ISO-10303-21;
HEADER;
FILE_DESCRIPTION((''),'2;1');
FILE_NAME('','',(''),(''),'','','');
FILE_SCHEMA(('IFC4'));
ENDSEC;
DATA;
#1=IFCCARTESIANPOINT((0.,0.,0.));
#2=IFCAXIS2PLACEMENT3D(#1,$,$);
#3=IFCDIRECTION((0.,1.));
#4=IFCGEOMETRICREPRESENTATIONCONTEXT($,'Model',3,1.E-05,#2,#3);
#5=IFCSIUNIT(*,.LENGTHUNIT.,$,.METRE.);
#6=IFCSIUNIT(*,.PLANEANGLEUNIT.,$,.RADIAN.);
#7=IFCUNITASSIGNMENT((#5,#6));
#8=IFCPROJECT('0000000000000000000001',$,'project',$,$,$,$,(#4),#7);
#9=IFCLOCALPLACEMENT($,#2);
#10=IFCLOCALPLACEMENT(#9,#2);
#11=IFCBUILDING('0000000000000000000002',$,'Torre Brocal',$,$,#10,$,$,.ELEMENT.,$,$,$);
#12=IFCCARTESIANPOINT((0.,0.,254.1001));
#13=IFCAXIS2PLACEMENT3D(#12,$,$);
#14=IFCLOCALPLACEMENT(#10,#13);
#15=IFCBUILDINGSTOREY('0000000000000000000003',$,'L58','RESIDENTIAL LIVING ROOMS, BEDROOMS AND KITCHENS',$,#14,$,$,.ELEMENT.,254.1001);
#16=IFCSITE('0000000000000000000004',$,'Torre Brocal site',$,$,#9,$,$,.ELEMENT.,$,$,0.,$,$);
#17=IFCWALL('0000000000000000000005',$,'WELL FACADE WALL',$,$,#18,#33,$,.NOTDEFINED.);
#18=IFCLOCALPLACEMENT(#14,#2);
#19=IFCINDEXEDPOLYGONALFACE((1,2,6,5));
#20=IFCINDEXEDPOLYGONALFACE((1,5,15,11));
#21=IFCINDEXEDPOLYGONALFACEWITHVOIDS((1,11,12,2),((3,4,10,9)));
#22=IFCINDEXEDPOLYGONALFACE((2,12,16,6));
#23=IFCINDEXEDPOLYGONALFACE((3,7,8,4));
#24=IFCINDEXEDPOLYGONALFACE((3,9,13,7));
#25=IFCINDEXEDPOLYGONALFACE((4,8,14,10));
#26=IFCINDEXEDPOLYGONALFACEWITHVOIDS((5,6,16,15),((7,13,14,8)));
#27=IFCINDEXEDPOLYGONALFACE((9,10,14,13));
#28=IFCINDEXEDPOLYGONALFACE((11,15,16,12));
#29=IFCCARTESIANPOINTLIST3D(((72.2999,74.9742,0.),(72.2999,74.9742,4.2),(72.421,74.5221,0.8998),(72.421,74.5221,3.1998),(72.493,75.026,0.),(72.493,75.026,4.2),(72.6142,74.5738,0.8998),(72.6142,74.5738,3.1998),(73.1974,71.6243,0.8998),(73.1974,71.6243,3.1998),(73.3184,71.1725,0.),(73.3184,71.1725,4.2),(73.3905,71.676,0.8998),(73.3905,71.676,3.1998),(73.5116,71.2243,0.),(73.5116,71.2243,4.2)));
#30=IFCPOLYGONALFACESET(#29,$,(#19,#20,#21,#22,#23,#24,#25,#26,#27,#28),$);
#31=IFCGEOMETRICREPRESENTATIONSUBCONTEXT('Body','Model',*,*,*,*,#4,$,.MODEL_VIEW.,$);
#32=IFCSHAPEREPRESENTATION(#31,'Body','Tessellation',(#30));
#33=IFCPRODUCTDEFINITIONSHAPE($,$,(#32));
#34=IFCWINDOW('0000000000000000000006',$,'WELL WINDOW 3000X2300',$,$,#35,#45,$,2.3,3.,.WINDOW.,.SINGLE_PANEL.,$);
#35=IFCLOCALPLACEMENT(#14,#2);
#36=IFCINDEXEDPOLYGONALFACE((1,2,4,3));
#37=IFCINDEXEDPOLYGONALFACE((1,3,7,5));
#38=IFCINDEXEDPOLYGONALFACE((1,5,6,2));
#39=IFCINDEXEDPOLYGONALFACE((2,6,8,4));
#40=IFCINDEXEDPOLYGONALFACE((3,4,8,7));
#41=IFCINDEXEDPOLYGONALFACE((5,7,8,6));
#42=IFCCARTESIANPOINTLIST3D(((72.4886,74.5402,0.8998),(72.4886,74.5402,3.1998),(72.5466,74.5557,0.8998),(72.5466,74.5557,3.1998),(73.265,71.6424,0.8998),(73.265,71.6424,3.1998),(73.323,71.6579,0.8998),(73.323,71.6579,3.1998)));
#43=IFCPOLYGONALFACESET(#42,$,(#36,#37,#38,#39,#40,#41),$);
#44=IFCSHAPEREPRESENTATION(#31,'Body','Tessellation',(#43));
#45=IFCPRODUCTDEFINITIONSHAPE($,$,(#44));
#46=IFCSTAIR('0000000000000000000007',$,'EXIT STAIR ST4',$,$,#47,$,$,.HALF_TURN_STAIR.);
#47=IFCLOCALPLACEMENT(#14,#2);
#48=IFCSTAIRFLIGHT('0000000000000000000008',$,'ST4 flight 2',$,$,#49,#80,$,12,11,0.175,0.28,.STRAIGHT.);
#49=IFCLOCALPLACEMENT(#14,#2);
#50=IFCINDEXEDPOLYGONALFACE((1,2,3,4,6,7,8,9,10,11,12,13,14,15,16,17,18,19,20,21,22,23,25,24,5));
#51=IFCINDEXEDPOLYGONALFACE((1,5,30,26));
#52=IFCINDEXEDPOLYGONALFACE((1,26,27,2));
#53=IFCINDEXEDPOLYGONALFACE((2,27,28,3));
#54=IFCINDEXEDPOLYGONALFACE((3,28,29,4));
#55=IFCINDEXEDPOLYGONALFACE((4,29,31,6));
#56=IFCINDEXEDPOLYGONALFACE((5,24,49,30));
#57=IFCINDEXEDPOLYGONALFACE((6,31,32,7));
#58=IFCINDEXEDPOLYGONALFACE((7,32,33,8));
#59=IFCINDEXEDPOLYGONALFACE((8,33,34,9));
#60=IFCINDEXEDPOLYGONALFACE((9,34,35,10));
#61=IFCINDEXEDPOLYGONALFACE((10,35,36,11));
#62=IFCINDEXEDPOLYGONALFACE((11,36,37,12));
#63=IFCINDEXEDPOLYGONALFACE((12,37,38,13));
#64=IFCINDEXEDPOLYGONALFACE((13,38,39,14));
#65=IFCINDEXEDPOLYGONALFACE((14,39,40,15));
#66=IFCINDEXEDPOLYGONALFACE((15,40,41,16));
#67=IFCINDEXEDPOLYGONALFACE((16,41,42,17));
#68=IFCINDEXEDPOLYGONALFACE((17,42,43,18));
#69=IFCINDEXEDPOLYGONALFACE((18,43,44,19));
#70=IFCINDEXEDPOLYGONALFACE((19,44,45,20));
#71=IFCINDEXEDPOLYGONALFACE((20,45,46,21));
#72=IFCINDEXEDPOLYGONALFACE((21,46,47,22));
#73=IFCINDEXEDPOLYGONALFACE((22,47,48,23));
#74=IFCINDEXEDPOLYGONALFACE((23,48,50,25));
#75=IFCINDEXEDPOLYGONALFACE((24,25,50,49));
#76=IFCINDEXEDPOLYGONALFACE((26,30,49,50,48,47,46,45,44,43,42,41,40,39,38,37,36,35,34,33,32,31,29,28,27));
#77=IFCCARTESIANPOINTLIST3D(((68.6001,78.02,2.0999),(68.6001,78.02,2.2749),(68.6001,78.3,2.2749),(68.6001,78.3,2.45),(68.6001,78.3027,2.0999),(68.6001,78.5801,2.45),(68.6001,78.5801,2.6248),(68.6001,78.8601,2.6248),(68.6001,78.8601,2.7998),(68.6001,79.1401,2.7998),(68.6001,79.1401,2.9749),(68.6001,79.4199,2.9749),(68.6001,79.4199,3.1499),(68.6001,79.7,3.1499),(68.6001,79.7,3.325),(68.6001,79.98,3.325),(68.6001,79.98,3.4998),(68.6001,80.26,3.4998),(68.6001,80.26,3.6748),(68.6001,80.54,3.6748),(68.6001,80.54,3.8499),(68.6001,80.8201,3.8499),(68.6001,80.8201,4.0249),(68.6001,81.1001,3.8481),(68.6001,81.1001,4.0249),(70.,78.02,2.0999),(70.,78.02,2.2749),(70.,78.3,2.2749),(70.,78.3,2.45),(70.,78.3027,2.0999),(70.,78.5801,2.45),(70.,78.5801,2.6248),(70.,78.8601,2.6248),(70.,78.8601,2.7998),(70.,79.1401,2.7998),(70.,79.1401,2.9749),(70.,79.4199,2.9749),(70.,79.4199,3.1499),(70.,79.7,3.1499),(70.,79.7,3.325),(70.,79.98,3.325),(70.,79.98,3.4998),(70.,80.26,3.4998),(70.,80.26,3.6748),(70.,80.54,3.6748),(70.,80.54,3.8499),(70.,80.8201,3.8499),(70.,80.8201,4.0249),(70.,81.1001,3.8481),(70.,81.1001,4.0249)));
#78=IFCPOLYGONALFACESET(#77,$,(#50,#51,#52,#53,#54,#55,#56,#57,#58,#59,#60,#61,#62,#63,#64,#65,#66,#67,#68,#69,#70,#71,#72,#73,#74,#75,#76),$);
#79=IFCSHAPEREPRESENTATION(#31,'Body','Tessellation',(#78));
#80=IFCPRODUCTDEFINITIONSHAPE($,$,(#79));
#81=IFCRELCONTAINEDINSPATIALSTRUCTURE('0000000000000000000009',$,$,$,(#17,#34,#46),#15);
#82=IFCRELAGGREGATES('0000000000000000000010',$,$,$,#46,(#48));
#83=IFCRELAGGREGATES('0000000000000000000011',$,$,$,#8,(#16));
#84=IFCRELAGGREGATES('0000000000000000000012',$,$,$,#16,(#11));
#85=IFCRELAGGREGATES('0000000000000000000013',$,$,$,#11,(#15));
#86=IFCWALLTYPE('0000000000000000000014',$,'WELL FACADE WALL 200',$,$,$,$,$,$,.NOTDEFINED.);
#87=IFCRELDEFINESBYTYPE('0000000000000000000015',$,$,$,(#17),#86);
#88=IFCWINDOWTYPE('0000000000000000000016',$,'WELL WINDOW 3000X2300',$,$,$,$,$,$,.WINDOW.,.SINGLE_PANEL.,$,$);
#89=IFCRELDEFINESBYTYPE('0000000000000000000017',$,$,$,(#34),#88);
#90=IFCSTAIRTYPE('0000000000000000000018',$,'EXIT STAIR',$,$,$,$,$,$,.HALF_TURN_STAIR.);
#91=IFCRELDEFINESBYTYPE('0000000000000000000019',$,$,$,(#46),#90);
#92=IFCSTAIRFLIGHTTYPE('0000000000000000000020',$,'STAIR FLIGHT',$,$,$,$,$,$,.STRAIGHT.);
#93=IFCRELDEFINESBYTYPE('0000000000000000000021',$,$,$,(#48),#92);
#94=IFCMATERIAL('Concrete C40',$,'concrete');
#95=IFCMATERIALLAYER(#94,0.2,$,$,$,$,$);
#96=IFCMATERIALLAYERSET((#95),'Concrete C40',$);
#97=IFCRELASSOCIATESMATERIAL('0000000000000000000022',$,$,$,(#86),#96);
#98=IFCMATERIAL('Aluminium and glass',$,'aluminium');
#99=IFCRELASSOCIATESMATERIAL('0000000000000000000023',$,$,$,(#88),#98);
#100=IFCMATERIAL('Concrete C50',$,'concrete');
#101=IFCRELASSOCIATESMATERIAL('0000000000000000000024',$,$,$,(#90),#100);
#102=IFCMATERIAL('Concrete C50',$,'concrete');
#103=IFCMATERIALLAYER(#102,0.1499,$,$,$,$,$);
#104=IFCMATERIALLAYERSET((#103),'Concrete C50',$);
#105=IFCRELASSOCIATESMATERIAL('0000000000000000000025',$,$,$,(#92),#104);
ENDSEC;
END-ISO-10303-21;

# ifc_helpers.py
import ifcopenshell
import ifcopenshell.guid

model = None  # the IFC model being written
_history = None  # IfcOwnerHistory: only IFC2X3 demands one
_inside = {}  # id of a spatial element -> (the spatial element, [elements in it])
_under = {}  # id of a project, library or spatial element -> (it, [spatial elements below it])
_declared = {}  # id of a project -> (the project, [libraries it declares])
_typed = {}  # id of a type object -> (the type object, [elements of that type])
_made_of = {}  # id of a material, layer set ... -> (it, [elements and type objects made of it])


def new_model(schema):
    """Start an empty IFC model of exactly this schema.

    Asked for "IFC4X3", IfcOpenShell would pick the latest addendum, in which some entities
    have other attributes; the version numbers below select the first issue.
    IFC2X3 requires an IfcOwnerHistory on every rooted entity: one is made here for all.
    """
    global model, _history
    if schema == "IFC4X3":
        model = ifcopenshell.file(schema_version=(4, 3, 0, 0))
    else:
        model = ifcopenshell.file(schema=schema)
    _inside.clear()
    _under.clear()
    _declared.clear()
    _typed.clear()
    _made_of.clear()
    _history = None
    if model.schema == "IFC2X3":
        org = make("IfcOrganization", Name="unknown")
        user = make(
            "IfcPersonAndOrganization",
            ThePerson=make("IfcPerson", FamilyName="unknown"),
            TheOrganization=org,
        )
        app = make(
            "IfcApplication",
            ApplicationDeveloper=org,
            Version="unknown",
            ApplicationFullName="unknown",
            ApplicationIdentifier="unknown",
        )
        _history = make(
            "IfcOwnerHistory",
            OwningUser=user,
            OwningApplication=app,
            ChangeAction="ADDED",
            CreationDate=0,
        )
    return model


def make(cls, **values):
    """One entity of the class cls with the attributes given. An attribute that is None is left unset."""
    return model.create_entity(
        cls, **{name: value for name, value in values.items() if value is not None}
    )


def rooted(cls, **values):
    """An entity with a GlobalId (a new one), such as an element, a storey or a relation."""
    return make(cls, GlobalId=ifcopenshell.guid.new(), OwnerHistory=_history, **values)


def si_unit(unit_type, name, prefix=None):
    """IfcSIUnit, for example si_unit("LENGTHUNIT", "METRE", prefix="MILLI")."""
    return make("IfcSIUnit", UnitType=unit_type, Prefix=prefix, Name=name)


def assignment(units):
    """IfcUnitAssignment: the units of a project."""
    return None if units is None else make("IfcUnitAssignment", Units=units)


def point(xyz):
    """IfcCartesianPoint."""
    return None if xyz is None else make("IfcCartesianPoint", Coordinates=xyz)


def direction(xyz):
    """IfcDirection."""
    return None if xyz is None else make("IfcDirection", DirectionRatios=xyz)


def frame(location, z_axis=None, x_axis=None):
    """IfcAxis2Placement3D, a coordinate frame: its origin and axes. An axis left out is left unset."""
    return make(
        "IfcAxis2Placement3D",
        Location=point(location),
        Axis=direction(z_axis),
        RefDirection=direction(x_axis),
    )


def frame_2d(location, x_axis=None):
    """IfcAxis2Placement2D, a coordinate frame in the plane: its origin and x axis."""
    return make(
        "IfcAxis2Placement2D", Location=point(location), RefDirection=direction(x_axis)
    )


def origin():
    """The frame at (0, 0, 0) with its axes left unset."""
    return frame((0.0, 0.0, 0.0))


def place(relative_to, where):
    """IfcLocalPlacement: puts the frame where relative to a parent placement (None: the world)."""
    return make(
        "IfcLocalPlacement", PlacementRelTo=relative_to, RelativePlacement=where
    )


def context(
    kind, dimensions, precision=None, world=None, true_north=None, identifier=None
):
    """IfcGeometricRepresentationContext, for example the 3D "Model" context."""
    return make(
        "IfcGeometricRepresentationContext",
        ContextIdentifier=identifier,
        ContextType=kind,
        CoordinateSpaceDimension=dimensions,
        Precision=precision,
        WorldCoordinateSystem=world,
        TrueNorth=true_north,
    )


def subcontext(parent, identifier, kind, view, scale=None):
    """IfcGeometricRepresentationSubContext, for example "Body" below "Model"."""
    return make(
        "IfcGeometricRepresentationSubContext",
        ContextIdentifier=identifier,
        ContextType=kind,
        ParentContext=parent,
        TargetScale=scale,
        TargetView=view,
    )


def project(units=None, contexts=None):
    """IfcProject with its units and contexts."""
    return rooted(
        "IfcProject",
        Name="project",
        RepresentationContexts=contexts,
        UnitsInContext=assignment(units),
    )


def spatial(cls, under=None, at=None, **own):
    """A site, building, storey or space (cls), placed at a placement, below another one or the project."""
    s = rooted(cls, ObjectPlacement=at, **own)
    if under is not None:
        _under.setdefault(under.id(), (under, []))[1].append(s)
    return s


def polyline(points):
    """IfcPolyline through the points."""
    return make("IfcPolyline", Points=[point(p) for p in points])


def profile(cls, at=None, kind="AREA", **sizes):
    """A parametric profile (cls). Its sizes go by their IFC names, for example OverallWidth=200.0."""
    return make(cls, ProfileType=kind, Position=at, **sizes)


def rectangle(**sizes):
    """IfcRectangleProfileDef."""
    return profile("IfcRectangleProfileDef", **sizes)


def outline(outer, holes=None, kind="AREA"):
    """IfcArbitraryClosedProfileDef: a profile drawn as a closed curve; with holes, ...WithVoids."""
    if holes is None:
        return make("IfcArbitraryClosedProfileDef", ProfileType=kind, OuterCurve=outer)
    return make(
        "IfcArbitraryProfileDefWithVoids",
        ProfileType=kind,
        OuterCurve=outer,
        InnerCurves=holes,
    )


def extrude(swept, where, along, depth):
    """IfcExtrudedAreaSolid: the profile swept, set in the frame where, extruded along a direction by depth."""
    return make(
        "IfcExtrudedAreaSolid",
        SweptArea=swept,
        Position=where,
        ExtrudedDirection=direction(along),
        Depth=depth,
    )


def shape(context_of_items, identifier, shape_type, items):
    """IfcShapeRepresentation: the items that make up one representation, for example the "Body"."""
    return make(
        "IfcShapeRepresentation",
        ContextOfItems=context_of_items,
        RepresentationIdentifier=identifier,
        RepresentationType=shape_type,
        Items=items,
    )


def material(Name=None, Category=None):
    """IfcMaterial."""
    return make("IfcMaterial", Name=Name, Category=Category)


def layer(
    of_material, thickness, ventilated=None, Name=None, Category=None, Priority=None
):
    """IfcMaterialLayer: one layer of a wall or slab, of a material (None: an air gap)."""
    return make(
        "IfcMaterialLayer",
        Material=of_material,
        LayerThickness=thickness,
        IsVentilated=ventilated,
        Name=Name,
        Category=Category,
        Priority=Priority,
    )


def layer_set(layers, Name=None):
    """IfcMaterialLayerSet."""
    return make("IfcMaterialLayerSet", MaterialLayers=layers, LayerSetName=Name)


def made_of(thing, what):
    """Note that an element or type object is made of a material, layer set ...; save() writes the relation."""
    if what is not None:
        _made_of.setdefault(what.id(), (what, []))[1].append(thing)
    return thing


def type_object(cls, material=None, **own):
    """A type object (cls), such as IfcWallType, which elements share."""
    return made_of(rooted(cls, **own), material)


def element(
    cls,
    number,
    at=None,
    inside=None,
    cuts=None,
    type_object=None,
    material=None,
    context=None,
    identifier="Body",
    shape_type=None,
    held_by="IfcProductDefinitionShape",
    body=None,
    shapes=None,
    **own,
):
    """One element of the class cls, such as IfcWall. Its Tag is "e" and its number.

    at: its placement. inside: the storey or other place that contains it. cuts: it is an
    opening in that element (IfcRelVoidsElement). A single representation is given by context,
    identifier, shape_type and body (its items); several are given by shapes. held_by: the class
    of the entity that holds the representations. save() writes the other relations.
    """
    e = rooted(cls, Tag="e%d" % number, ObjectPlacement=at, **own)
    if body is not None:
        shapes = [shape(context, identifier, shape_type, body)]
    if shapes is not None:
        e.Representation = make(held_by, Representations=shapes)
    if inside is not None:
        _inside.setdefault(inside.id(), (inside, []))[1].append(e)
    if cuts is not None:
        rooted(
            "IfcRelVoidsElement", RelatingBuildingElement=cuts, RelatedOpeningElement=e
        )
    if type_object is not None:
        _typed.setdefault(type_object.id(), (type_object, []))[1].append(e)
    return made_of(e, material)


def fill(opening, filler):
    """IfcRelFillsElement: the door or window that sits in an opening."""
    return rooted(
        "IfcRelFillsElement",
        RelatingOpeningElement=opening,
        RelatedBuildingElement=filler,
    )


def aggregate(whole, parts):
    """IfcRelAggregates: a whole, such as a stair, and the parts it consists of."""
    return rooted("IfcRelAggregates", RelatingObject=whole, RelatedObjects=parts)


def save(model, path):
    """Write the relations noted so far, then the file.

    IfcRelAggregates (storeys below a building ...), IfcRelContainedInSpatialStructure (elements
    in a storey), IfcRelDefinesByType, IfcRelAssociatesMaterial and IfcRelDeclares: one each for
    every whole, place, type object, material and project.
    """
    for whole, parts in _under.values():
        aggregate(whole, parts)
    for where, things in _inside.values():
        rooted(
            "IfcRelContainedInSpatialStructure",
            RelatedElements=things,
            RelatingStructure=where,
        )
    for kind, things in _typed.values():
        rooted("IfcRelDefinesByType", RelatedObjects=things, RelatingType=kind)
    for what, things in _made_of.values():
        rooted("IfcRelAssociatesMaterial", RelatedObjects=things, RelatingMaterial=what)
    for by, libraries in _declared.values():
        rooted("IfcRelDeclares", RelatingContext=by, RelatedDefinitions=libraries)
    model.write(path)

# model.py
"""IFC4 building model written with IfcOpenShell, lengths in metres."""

from ifc_helpers import new_model, si_unit, direction, frame, frame_2d, origin, place, context, subcontext, project, spatial, polyline, rectangle, outline, extrude, material, layer, layer_set, type_object, element, fill, aggregate, save


model = new_model("IFC4")

# Units and contexts
model_context = context("Model", 3, precision=1e-05, world=origin(), true_north=direction((0.0, 1.0)))
body_context = subcontext(model_context, "Body", "Model", "MODEL_VIEW")
ifc_project = project(units=[si_unit("LENGTHUNIT", "METRE"), si_unit("PLANEANGLEUNIT", "RADIAN")], contexts=[model_context])

# Site, building, storey
site_placement = place(None, origin())
site = spatial("IfcSite", under=ifc_project, at=site_placement, Name="Torre Brocal site", CompositionType="ELEMENT", RefElevation=0.0)
building_placement = place(site_placement, origin())
building = spatial("IfcBuilding", under=site, at=building_placement, Name="Torre Brocal", CompositionType="ELEMENT")
storey_placement = place(building_placement, frame((0.0, 0.0, 254.1001)))
storey = spatial("IfcBuildingStorey", under=building, at=storey_placement, Name="L58", Description="RESIDENTIAL LIVING ROOMS, BEDROOMS AND KITCHENS", CompositionType="ELEMENT", Elevation=254.1001)

# Wall, opening, window
ifc_material_1 = material(Name="Concrete C40", Category="concrete")
ifc_layer_1 = layer(ifc_material_1, 0.2)
ifc_layer_set_1 = layer_set([ifc_layer_1], Name="Concrete C40")
wall_type_1 = type_object("IfcWallType", Name="WELL FACADE WALL 200", PredefinedType="NOTDEFINED", material=ifc_layer_set_1)
ifc_material_2 = material(Name="Aluminium and glass", Category="aluminium")
window_type = type_object("IfcWindowType", Name="WELL WINDOW 3000X2300", PartitioningType="SINGLE_PANEL", PredefinedType="WINDOW", material=ifc_material_2)
wall_1_placement = place(storey_placement, frame((72.3965, 75.0, 0.0), z_axis=(0.0, 0.0, 1.0), x_axis=(0.25879, -0.965934, 0.0)))
wall_1 = element("IfcWall", 1, at=wall_1_placement, inside=storey, type_object=wall_type_1, Name="WELL FACADE WALL", PredefinedType="NOTDEFINED", context=body_context, shape_type="SweptSolid", body=[
    extrude(rectangle(XDim=3.9358, YDim=0.2, at=frame_2d((1.9678, 0.0))), origin(), (0.0, 0.0, 1.0), 4.2),
])
opening_1_placement = place(wall_1_placement, frame((0.468, 0.0, 0.8999)))
opening_1 = element("IfcOpeningElement", 2, at=opening_1_placement, cuts=wall_1, PredefinedType="OPENING", context=body_context, shape_type="SweptSolid", body=[
    extrude(rectangle(XDim=3.0, YDim=2.3, at=frame_2d((1.5, 1.1499))), frame((0.0, 0.1099, 0.0), z_axis=(0.0, -1.0, 0.0), x_axis=(1.0, 0.0, 0.0)), (0.0, 0.0, 1.0), 0.22),
])
window_1_placement = place(opening_1_placement, origin())
window_1 = element("IfcWindow", 3, at=window_1_placement, inside=storey, type_object=window_type, Name="WELL WINDOW 3000X2300", OverallHeight=2.3, OverallWidth=3.0, PartitioningType="SINGLE_PANEL", PredefinedType="WINDOW", context=body_context, shape_type="SweptSolid", body=[
    extrude(rectangle(XDim=3.0, YDim=2.3, at=frame_2d((1.5, 1.1499))), frame((0.0, 0.03, 0.0), z_axis=(0.0, -1.0, 0.0), x_axis=(1.0, 0.0, 0.0)), (0.0, 0.0, 1.0), 0.0601),
])
fill(opening_1, window_1)

# Stair, stair flight
ifc_material_3 = material(Name="Concrete C50", Category="concrete")
stair_type = type_object("IfcStairType", Name="EXIT STAIR", PredefinedType="HALF_TURN_STAIR", material=ifc_material_3)
stair_placement = place(storey_placement, origin())
stair = element("IfcStair", 4, at=stair_placement, inside=storey, type_object=stair_type, Name="EXIT STAIR ST4", PredefinedType="HALF_TURN_STAIR")
ifc_material_4 = material(Name="Concrete C50", Category="concrete")
ifc_layer_2 = layer(ifc_material_4, 0.1499)
ifc_layer_set_2 = layer_set([ifc_layer_2], Name="Concrete C50")
stair_flight_type = type_object("IfcStairFlightType", Name="STAIR FLIGHT", PredefinedType="STRAIGHT", material=ifc_layer_set_2)
stair_flight_placement = place(storey_placement, frame((69.3, 78.02, 2.0999), z_axis=(0.0, 0.0, 1.0), x_axis=(0.0, 1.0, 0.0)))
stair_flight = element("IfcStairFlight", 5, at=stair_flight_placement, type_object=stair_flight_type, Name="ST4 flight 2", NumberOfRisers=12, NumberOfTreads=11, PredefinedType="STRAIGHT", RiserHeight=0.175, TreadLength=0.28, context=body_context, shape_type="SweptSolid", body=[
    extrude(outline(polyline([(0.0, 0.0), (0.0, 0.175), (0.28, 0.175), (0.28, 0.3501), (0.5601, 0.3501), (0.5601, 0.5249), (0.8401, 0.5249), (0.8401, 0.7), (1.1201, 0.7), (1.1201, 0.875), (1.3999, 0.875), (1.3999, 1.05), (1.6799, 1.05), (1.6799, 1.2251), (1.96, 1.2251), (1.96, 1.3999), (2.24, 1.3999), (2.24, 1.575), (2.52, 1.575), (2.52, 1.75), (2.8, 1.75), (2.8, 1.925), (3.0801, 1.925), (3.0801, 2.1001), (3.0801, 1.7483), (0.2827, 0.0), (0.0, 0.0)])), frame((0.0, 0.7, 0.0), z_axis=(0.0, -1.0, 0.0), x_axis=(1.0, 0.0, 0.0)), (0.0, 0.0, 1.0), 1.3999),
])
aggregate(stair, [stair_flight])

save(model, "model.ifc")
